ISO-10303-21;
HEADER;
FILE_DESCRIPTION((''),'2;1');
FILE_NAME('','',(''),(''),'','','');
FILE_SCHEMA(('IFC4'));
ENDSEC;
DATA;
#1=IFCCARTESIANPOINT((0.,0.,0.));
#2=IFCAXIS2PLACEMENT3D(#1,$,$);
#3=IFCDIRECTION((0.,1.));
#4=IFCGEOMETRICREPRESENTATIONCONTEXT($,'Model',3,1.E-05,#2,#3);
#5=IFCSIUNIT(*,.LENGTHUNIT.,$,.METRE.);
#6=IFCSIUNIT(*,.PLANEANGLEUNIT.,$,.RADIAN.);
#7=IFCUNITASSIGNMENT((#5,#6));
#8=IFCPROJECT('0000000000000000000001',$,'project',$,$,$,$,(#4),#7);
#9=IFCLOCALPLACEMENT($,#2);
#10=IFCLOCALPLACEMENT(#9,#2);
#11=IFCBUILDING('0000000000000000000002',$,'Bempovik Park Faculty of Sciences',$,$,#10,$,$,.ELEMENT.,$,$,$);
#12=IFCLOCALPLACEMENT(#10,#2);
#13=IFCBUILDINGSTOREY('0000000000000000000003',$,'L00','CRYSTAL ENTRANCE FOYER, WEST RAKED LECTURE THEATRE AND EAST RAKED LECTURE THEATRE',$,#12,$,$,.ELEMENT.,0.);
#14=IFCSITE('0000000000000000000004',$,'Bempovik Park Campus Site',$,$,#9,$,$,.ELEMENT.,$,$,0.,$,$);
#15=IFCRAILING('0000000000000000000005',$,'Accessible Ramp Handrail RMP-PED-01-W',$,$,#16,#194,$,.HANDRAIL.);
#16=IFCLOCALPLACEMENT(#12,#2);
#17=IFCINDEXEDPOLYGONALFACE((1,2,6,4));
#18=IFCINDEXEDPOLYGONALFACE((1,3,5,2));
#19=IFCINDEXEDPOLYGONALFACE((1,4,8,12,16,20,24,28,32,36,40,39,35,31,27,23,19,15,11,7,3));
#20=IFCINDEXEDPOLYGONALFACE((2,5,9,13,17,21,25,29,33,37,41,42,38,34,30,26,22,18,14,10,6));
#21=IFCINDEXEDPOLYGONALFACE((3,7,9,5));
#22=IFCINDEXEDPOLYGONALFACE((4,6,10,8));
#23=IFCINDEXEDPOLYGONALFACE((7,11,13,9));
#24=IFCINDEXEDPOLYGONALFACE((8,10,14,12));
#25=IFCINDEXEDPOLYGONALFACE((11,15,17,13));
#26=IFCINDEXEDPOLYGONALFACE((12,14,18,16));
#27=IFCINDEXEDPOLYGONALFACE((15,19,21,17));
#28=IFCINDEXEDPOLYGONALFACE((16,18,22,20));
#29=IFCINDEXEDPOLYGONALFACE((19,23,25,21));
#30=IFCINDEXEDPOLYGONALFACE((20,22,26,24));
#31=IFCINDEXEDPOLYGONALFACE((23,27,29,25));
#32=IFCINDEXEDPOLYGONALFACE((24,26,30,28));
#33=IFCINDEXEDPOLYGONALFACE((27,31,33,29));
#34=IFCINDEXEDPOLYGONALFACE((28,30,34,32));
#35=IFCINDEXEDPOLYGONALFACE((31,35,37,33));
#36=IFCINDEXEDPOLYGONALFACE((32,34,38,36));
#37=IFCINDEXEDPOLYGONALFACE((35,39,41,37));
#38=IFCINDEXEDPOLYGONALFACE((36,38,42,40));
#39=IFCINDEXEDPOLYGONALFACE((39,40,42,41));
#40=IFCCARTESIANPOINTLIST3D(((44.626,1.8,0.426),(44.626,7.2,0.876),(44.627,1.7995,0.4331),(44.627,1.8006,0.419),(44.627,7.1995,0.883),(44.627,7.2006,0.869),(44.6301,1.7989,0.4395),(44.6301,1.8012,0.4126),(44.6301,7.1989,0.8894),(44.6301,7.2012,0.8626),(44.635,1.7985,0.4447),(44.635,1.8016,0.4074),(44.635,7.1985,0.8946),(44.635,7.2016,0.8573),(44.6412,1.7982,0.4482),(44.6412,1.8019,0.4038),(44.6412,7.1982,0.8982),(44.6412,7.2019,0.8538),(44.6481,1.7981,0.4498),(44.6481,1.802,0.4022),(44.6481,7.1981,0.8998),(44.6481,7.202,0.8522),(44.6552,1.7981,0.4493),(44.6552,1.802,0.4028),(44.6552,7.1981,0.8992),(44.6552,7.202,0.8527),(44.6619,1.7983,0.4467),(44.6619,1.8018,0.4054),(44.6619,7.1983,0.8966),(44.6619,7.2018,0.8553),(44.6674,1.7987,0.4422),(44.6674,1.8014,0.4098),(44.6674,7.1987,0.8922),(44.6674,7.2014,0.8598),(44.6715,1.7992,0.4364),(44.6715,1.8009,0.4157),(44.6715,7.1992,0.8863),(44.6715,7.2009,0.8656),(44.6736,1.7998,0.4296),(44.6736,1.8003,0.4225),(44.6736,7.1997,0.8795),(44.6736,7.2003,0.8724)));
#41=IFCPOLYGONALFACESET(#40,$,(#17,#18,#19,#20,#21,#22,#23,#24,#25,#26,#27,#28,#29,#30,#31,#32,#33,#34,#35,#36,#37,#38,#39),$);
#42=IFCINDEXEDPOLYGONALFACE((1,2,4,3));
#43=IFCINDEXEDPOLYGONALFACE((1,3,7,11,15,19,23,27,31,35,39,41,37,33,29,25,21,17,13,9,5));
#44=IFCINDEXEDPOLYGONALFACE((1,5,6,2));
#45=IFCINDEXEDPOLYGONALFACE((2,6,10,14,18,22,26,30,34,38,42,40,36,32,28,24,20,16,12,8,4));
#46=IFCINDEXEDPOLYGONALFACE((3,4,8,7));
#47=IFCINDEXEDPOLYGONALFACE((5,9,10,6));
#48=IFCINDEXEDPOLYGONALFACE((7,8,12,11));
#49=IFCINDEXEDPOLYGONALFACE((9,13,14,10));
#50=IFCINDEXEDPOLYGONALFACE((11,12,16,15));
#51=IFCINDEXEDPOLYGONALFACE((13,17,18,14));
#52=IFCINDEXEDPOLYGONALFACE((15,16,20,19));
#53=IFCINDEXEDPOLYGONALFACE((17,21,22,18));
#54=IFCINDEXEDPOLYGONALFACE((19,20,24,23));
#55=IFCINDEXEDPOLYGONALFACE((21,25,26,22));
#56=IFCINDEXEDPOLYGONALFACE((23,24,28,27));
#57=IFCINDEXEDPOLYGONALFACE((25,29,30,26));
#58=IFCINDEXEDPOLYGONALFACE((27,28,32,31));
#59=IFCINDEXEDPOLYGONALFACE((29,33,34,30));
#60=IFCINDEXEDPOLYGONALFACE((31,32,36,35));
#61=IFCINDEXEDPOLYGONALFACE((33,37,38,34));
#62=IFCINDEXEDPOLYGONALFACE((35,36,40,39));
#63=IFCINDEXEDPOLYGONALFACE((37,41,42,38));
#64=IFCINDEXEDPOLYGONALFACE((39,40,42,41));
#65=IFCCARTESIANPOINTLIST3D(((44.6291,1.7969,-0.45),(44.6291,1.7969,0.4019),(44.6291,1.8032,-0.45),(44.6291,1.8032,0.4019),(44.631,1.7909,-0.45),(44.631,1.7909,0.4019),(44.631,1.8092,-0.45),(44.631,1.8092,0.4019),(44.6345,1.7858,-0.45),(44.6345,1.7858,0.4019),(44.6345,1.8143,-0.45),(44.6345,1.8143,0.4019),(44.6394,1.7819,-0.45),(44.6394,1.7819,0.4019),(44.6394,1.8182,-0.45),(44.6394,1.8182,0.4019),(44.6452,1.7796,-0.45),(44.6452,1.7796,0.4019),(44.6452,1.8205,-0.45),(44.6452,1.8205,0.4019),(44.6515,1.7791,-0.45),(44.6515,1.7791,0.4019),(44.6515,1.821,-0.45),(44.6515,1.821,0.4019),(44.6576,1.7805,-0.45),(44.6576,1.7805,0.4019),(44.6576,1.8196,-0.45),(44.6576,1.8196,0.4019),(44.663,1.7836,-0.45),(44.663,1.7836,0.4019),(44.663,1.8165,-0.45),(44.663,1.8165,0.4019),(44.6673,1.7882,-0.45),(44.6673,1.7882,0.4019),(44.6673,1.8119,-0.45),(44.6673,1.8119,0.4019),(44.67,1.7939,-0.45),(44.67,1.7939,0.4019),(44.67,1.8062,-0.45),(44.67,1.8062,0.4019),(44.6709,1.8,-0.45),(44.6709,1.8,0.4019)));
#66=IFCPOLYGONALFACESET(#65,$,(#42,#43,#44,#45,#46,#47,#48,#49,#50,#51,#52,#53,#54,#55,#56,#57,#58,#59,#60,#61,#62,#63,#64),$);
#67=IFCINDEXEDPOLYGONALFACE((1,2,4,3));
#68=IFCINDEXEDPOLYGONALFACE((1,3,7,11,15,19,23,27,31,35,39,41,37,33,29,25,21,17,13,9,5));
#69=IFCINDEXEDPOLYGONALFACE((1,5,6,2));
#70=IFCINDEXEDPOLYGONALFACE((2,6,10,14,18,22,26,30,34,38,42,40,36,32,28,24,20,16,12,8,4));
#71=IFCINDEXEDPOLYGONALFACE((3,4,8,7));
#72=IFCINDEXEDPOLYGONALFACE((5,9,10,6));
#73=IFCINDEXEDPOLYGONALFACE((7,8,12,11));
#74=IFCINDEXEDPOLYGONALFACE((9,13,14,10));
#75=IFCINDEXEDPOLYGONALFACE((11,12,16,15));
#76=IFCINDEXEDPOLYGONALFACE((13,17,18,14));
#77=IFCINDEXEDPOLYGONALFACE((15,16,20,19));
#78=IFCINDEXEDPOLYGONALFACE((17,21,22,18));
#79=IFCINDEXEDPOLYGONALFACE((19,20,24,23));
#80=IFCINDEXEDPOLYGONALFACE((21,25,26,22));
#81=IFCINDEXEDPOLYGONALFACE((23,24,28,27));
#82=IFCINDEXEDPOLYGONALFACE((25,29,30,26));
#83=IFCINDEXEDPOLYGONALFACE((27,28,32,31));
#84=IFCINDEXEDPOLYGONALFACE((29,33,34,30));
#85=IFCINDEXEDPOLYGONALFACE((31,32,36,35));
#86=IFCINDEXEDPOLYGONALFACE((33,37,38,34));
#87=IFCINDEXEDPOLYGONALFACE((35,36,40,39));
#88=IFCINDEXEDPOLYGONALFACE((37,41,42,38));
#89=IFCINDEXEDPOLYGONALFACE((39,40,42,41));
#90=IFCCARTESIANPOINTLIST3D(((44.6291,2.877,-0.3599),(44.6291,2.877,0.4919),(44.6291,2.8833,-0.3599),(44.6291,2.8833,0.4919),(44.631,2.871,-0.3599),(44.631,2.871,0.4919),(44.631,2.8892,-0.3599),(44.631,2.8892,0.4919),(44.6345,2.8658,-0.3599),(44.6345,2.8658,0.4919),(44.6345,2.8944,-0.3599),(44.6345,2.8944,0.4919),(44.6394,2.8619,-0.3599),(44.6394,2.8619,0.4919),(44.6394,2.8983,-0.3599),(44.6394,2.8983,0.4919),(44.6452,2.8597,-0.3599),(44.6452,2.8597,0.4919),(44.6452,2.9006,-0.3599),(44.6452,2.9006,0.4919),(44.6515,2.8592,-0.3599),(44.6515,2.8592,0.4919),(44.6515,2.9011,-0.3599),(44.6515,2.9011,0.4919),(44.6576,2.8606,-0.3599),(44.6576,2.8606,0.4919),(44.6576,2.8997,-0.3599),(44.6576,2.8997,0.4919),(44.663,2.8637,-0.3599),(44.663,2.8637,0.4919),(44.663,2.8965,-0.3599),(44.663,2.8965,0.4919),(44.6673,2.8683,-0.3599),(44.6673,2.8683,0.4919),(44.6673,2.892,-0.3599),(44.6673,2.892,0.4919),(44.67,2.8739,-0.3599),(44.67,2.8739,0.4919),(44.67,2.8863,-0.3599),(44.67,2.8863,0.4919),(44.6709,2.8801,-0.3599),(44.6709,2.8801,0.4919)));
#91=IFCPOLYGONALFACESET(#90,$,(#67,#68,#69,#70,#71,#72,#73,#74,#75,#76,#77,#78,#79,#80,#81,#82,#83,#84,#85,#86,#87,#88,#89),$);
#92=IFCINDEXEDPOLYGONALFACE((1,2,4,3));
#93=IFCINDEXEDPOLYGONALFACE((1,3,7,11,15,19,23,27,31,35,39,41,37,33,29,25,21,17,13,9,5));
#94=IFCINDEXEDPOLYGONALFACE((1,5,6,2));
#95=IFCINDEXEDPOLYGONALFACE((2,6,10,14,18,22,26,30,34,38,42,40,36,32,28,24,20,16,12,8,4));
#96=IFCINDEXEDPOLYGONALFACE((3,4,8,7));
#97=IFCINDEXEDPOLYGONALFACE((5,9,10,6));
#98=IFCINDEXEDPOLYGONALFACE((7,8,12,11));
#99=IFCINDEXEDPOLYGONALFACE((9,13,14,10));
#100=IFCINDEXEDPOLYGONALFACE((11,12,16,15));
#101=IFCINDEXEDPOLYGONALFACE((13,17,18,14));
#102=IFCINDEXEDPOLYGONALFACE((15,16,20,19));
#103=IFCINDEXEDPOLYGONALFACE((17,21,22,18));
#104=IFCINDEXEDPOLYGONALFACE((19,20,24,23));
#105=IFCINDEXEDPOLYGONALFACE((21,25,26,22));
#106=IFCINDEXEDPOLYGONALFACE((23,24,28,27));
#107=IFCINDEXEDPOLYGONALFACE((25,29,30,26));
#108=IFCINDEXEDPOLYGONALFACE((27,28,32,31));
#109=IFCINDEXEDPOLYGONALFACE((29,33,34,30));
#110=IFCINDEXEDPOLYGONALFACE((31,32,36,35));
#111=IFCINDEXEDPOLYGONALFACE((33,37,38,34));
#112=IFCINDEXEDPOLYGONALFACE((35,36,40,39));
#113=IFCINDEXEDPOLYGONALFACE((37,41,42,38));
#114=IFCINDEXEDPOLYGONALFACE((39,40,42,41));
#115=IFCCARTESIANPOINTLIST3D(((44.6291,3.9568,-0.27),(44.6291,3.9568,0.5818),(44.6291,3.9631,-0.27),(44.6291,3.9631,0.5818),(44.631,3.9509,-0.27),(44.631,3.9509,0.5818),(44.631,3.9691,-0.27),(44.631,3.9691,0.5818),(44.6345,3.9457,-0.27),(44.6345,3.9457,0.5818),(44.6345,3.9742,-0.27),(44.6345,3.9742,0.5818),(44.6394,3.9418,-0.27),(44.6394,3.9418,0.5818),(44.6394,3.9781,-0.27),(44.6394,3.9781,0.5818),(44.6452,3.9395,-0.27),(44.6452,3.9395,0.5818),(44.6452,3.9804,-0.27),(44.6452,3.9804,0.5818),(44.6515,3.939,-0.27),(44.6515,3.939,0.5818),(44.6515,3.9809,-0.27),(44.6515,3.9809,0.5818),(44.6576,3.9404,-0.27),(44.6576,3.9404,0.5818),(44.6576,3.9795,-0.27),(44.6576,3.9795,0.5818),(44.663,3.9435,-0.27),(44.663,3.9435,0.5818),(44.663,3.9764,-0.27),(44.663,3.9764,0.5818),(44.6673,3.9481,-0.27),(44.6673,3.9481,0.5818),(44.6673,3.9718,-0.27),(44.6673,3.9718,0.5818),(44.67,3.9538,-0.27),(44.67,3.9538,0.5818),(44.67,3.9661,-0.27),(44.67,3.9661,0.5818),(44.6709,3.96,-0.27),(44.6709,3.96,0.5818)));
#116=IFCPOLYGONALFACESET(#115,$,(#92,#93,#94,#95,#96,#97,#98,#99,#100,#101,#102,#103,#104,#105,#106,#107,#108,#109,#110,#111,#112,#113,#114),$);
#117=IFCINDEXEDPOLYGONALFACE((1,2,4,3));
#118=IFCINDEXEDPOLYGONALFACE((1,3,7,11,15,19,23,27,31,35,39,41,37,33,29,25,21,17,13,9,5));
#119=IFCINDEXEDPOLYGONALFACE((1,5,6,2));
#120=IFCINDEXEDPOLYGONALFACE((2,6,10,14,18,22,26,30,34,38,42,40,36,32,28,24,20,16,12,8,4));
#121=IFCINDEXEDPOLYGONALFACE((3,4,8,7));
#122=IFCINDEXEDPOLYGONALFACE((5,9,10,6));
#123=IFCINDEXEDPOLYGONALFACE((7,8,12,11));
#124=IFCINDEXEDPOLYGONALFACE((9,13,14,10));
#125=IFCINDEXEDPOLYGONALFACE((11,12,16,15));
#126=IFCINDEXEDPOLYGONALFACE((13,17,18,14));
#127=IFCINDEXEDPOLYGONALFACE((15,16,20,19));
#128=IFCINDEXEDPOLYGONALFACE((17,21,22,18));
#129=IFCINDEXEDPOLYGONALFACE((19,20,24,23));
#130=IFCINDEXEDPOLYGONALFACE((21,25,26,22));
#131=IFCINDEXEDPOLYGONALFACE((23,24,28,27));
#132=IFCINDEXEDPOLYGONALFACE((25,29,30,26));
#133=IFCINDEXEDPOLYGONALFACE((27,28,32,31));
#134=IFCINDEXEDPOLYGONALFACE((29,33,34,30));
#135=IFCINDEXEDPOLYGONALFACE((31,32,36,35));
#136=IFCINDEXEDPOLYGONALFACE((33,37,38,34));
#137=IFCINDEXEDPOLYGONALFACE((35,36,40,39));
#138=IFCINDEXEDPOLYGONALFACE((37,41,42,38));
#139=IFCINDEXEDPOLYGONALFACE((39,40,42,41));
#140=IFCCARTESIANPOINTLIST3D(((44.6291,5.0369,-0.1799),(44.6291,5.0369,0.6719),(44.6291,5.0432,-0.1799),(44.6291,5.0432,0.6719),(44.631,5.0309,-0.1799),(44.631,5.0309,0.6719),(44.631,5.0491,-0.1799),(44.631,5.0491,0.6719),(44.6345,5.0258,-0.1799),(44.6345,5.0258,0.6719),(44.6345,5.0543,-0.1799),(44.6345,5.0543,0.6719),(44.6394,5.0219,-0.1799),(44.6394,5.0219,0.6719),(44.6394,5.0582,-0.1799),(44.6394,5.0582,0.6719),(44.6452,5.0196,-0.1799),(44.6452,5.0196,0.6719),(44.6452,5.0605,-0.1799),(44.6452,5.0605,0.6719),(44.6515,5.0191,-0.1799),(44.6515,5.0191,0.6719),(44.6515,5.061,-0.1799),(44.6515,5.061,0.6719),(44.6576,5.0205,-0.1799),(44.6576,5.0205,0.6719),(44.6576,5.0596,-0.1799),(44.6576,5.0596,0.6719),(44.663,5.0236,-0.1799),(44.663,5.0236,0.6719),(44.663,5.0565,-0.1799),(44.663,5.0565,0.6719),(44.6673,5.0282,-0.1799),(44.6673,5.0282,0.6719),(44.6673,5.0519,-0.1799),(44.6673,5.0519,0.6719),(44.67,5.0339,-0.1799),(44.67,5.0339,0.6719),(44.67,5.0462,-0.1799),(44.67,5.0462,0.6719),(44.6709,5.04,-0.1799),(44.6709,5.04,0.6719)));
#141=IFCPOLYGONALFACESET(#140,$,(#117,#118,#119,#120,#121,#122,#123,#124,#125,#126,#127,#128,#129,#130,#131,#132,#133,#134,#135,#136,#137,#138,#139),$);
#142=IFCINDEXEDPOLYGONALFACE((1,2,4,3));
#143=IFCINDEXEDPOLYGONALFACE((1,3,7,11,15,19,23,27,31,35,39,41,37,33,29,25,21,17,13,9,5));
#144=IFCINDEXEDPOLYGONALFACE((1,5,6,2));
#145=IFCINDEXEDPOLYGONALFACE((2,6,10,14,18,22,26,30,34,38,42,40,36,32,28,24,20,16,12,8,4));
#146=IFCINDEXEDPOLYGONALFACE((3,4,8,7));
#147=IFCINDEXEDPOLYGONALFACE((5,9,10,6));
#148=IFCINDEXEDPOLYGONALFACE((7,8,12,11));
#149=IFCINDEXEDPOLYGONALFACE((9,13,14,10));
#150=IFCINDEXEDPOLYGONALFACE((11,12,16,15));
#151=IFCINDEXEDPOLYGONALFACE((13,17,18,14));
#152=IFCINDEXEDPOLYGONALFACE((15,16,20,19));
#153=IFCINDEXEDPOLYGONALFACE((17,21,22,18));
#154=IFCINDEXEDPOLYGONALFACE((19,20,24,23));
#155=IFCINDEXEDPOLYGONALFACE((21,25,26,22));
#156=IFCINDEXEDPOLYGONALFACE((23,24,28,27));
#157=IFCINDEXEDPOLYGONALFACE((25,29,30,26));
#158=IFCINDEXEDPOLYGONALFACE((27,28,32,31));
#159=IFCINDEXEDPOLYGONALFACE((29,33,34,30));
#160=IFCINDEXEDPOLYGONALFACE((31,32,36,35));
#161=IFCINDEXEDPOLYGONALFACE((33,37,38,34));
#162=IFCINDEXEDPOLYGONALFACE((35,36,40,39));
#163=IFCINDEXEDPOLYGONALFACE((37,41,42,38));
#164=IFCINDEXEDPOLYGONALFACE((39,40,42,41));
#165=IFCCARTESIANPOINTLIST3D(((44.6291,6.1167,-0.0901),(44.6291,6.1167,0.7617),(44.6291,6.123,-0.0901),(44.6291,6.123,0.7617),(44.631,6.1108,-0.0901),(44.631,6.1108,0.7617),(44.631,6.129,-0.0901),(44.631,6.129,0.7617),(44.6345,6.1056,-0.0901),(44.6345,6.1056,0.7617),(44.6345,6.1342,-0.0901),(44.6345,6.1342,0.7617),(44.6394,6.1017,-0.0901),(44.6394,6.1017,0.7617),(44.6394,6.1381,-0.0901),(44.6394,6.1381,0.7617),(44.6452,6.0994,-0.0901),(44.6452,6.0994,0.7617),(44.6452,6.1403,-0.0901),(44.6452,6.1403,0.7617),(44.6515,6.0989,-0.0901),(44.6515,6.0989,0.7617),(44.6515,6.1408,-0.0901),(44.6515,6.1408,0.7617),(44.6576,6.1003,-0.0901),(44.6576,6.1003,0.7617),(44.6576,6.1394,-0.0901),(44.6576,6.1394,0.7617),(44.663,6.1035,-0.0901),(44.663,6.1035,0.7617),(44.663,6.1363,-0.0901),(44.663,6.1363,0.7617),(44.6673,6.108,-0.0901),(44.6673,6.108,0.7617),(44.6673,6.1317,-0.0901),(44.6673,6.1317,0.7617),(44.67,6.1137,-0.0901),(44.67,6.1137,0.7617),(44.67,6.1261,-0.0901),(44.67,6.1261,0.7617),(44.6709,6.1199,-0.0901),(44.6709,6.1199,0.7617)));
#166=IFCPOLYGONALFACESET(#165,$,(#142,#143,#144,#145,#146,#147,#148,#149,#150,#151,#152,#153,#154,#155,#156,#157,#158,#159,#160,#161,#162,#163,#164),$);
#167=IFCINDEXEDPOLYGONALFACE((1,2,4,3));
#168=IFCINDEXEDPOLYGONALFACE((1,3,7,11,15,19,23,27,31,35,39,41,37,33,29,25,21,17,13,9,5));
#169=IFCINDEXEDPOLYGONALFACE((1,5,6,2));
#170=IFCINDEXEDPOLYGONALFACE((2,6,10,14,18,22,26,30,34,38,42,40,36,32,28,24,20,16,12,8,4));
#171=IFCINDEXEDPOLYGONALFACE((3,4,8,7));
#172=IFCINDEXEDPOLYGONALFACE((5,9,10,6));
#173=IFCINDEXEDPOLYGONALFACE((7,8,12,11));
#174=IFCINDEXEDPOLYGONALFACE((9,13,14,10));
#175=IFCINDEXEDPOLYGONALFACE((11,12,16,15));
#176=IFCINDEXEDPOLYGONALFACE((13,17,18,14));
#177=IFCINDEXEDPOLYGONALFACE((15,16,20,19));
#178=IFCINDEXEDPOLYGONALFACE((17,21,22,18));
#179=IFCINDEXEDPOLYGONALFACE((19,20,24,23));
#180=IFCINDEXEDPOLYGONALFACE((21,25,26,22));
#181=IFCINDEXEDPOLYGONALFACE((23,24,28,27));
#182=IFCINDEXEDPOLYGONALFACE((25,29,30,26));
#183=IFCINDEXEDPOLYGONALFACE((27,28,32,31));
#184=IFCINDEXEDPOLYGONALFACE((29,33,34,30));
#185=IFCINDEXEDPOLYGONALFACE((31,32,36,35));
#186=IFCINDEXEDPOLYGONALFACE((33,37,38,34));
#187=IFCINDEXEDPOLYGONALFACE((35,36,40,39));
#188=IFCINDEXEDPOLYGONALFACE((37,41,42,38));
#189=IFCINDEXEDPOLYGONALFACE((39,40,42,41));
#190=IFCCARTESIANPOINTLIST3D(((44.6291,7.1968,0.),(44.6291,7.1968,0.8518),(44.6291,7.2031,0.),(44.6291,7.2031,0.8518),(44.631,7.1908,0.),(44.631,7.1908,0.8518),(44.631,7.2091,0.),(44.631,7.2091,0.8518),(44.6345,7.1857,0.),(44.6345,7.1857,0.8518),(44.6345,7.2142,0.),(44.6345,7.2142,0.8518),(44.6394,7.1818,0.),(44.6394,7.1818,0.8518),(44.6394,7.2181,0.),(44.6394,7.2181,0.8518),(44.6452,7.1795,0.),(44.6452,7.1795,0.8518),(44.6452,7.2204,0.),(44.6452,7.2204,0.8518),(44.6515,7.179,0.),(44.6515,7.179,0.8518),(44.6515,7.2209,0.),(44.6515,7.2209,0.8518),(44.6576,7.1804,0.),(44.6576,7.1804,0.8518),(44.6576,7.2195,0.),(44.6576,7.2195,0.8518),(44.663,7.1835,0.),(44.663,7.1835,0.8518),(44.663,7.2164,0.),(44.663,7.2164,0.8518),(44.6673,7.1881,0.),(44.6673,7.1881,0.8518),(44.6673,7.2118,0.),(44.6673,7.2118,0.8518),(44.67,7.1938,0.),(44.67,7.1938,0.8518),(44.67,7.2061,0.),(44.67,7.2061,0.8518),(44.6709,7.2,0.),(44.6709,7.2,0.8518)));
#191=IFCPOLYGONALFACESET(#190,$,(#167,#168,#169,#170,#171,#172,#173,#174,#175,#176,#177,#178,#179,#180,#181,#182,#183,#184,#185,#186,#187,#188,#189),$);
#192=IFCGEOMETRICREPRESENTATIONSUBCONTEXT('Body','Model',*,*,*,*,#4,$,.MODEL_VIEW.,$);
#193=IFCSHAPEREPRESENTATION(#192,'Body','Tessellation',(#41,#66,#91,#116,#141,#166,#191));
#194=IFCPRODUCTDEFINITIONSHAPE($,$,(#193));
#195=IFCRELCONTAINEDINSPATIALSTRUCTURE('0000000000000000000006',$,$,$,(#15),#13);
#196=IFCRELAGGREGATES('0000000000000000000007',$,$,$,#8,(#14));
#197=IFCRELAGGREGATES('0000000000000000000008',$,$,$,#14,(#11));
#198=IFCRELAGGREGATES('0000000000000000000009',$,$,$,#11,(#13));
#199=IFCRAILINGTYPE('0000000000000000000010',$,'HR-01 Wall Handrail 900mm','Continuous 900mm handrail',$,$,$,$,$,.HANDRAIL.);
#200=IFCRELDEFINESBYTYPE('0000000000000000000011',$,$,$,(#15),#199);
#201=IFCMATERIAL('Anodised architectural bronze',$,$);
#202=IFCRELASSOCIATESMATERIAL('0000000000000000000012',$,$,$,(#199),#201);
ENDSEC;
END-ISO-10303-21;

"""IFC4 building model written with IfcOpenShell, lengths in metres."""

from ifc_helpers import new_model, si_unit, direction, frame, origin, origin_2d, place, context, subcontext, project, spatial, circle, extrude, material, type_object, element, save


model = new_model("IFC4")

# Units and contexts
model_context = context("Model", 3, precision=1e-05, world=origin(), true_north=direction((0.0, 1.0)))
body_context = subcontext(model_context, "Body", "Model", "MODEL_VIEW")
ifc_project = project(units=[si_unit("LENGTHUNIT", "METRE"), si_unit("PLANEANGLEUNIT", "RADIAN")], contexts=[model_context])

# Site, building, storey
site_placement = place(None, origin())
site = spatial("IfcSite", under=ifc_project, at=site_placement, Name="Bempovik Park Campus Site", CompositionType="ELEMENT", RefElevation=0.0)
building_placement = place(site_placement, origin())
building = spatial("IfcBuilding", under=site, at=building_placement, Name="Bempovik Park Faculty of Sciences", CompositionType="ELEMENT")
storey_placement = place(building_placement, origin())
storey = spatial("IfcBuildingStorey", under=building, at=storey_placement, Name="L00", Description="CRYSTAL ENTRANCE FOYER, WEST RAKED LECTURE THEATRE AND EAST RAKED LECTURE THEATRE", CompositionType="ELEMENT", Elevation=0.0)

# Railing
ifc_material_1 = material(Name="Anodised architectural bronze")
railing_type = type_object("IfcRailingType", Name="HR-01 Wall Handrail 900mm", Description="Continuous 900mm handrail", PredefinedType="HANDRAIL", material=ifc_material_1)
for number, where, name in (
    (1, (44.6499, 1.8, -0.45), "Accessible Ramp Handrail RMP-PED-01-W"),
):
    element("IfcRailing", number, at=place(storey_placement, frame(where)), inside=storey, type_object=railing_type, Name=name, PredefinedType="HANDRAIL", context=body_context, shape_type="SweptSolid", body=[
        extrude(circle(Radius=0.0239, at=origin_2d()), frame((0.0, 0.0, 0.876), z_axis=(0.0, 0.996546, 0.083038), x_axis=(-1.0, 0.0, 0.0)), (0.0, 0.0, 1.0), 5.4187),
        extrude(circle(Radius=0.021, at=origin_2d()), origin(), (0.0, 0.0, 1.0), 0.8518),
        extrude(circle(Radius=0.021, at=origin_2d()), frame((0.0, 1.0801, 0.0901)), (0.0, 0.0, 1.0), 0.8518),
        extrude(circle(Radius=0.021, at=origin_2d()), frame((0.0, 2.1599, 0.1799)), (0.0, 0.0, 1.0), 0.8518),
        extrude(circle(Radius=0.021, at=origin_2d()), frame((0.0, 3.24, 0.27)), (0.0, 0.0, 1.0), 0.8518),
        extrude(circle(Radius=0.021, at=origin_2d()), frame((0.0, 4.3198, 0.3599)), (0.0, 0.0, 1.0), 0.8518),
        extrude(circle(Radius=0.021, at=origin_2d()), frame((0.0, 5.3999, 0.45)), (0.0, 0.0, 1.0), 0.8518),
    ])

save(model, "model.ifc")
